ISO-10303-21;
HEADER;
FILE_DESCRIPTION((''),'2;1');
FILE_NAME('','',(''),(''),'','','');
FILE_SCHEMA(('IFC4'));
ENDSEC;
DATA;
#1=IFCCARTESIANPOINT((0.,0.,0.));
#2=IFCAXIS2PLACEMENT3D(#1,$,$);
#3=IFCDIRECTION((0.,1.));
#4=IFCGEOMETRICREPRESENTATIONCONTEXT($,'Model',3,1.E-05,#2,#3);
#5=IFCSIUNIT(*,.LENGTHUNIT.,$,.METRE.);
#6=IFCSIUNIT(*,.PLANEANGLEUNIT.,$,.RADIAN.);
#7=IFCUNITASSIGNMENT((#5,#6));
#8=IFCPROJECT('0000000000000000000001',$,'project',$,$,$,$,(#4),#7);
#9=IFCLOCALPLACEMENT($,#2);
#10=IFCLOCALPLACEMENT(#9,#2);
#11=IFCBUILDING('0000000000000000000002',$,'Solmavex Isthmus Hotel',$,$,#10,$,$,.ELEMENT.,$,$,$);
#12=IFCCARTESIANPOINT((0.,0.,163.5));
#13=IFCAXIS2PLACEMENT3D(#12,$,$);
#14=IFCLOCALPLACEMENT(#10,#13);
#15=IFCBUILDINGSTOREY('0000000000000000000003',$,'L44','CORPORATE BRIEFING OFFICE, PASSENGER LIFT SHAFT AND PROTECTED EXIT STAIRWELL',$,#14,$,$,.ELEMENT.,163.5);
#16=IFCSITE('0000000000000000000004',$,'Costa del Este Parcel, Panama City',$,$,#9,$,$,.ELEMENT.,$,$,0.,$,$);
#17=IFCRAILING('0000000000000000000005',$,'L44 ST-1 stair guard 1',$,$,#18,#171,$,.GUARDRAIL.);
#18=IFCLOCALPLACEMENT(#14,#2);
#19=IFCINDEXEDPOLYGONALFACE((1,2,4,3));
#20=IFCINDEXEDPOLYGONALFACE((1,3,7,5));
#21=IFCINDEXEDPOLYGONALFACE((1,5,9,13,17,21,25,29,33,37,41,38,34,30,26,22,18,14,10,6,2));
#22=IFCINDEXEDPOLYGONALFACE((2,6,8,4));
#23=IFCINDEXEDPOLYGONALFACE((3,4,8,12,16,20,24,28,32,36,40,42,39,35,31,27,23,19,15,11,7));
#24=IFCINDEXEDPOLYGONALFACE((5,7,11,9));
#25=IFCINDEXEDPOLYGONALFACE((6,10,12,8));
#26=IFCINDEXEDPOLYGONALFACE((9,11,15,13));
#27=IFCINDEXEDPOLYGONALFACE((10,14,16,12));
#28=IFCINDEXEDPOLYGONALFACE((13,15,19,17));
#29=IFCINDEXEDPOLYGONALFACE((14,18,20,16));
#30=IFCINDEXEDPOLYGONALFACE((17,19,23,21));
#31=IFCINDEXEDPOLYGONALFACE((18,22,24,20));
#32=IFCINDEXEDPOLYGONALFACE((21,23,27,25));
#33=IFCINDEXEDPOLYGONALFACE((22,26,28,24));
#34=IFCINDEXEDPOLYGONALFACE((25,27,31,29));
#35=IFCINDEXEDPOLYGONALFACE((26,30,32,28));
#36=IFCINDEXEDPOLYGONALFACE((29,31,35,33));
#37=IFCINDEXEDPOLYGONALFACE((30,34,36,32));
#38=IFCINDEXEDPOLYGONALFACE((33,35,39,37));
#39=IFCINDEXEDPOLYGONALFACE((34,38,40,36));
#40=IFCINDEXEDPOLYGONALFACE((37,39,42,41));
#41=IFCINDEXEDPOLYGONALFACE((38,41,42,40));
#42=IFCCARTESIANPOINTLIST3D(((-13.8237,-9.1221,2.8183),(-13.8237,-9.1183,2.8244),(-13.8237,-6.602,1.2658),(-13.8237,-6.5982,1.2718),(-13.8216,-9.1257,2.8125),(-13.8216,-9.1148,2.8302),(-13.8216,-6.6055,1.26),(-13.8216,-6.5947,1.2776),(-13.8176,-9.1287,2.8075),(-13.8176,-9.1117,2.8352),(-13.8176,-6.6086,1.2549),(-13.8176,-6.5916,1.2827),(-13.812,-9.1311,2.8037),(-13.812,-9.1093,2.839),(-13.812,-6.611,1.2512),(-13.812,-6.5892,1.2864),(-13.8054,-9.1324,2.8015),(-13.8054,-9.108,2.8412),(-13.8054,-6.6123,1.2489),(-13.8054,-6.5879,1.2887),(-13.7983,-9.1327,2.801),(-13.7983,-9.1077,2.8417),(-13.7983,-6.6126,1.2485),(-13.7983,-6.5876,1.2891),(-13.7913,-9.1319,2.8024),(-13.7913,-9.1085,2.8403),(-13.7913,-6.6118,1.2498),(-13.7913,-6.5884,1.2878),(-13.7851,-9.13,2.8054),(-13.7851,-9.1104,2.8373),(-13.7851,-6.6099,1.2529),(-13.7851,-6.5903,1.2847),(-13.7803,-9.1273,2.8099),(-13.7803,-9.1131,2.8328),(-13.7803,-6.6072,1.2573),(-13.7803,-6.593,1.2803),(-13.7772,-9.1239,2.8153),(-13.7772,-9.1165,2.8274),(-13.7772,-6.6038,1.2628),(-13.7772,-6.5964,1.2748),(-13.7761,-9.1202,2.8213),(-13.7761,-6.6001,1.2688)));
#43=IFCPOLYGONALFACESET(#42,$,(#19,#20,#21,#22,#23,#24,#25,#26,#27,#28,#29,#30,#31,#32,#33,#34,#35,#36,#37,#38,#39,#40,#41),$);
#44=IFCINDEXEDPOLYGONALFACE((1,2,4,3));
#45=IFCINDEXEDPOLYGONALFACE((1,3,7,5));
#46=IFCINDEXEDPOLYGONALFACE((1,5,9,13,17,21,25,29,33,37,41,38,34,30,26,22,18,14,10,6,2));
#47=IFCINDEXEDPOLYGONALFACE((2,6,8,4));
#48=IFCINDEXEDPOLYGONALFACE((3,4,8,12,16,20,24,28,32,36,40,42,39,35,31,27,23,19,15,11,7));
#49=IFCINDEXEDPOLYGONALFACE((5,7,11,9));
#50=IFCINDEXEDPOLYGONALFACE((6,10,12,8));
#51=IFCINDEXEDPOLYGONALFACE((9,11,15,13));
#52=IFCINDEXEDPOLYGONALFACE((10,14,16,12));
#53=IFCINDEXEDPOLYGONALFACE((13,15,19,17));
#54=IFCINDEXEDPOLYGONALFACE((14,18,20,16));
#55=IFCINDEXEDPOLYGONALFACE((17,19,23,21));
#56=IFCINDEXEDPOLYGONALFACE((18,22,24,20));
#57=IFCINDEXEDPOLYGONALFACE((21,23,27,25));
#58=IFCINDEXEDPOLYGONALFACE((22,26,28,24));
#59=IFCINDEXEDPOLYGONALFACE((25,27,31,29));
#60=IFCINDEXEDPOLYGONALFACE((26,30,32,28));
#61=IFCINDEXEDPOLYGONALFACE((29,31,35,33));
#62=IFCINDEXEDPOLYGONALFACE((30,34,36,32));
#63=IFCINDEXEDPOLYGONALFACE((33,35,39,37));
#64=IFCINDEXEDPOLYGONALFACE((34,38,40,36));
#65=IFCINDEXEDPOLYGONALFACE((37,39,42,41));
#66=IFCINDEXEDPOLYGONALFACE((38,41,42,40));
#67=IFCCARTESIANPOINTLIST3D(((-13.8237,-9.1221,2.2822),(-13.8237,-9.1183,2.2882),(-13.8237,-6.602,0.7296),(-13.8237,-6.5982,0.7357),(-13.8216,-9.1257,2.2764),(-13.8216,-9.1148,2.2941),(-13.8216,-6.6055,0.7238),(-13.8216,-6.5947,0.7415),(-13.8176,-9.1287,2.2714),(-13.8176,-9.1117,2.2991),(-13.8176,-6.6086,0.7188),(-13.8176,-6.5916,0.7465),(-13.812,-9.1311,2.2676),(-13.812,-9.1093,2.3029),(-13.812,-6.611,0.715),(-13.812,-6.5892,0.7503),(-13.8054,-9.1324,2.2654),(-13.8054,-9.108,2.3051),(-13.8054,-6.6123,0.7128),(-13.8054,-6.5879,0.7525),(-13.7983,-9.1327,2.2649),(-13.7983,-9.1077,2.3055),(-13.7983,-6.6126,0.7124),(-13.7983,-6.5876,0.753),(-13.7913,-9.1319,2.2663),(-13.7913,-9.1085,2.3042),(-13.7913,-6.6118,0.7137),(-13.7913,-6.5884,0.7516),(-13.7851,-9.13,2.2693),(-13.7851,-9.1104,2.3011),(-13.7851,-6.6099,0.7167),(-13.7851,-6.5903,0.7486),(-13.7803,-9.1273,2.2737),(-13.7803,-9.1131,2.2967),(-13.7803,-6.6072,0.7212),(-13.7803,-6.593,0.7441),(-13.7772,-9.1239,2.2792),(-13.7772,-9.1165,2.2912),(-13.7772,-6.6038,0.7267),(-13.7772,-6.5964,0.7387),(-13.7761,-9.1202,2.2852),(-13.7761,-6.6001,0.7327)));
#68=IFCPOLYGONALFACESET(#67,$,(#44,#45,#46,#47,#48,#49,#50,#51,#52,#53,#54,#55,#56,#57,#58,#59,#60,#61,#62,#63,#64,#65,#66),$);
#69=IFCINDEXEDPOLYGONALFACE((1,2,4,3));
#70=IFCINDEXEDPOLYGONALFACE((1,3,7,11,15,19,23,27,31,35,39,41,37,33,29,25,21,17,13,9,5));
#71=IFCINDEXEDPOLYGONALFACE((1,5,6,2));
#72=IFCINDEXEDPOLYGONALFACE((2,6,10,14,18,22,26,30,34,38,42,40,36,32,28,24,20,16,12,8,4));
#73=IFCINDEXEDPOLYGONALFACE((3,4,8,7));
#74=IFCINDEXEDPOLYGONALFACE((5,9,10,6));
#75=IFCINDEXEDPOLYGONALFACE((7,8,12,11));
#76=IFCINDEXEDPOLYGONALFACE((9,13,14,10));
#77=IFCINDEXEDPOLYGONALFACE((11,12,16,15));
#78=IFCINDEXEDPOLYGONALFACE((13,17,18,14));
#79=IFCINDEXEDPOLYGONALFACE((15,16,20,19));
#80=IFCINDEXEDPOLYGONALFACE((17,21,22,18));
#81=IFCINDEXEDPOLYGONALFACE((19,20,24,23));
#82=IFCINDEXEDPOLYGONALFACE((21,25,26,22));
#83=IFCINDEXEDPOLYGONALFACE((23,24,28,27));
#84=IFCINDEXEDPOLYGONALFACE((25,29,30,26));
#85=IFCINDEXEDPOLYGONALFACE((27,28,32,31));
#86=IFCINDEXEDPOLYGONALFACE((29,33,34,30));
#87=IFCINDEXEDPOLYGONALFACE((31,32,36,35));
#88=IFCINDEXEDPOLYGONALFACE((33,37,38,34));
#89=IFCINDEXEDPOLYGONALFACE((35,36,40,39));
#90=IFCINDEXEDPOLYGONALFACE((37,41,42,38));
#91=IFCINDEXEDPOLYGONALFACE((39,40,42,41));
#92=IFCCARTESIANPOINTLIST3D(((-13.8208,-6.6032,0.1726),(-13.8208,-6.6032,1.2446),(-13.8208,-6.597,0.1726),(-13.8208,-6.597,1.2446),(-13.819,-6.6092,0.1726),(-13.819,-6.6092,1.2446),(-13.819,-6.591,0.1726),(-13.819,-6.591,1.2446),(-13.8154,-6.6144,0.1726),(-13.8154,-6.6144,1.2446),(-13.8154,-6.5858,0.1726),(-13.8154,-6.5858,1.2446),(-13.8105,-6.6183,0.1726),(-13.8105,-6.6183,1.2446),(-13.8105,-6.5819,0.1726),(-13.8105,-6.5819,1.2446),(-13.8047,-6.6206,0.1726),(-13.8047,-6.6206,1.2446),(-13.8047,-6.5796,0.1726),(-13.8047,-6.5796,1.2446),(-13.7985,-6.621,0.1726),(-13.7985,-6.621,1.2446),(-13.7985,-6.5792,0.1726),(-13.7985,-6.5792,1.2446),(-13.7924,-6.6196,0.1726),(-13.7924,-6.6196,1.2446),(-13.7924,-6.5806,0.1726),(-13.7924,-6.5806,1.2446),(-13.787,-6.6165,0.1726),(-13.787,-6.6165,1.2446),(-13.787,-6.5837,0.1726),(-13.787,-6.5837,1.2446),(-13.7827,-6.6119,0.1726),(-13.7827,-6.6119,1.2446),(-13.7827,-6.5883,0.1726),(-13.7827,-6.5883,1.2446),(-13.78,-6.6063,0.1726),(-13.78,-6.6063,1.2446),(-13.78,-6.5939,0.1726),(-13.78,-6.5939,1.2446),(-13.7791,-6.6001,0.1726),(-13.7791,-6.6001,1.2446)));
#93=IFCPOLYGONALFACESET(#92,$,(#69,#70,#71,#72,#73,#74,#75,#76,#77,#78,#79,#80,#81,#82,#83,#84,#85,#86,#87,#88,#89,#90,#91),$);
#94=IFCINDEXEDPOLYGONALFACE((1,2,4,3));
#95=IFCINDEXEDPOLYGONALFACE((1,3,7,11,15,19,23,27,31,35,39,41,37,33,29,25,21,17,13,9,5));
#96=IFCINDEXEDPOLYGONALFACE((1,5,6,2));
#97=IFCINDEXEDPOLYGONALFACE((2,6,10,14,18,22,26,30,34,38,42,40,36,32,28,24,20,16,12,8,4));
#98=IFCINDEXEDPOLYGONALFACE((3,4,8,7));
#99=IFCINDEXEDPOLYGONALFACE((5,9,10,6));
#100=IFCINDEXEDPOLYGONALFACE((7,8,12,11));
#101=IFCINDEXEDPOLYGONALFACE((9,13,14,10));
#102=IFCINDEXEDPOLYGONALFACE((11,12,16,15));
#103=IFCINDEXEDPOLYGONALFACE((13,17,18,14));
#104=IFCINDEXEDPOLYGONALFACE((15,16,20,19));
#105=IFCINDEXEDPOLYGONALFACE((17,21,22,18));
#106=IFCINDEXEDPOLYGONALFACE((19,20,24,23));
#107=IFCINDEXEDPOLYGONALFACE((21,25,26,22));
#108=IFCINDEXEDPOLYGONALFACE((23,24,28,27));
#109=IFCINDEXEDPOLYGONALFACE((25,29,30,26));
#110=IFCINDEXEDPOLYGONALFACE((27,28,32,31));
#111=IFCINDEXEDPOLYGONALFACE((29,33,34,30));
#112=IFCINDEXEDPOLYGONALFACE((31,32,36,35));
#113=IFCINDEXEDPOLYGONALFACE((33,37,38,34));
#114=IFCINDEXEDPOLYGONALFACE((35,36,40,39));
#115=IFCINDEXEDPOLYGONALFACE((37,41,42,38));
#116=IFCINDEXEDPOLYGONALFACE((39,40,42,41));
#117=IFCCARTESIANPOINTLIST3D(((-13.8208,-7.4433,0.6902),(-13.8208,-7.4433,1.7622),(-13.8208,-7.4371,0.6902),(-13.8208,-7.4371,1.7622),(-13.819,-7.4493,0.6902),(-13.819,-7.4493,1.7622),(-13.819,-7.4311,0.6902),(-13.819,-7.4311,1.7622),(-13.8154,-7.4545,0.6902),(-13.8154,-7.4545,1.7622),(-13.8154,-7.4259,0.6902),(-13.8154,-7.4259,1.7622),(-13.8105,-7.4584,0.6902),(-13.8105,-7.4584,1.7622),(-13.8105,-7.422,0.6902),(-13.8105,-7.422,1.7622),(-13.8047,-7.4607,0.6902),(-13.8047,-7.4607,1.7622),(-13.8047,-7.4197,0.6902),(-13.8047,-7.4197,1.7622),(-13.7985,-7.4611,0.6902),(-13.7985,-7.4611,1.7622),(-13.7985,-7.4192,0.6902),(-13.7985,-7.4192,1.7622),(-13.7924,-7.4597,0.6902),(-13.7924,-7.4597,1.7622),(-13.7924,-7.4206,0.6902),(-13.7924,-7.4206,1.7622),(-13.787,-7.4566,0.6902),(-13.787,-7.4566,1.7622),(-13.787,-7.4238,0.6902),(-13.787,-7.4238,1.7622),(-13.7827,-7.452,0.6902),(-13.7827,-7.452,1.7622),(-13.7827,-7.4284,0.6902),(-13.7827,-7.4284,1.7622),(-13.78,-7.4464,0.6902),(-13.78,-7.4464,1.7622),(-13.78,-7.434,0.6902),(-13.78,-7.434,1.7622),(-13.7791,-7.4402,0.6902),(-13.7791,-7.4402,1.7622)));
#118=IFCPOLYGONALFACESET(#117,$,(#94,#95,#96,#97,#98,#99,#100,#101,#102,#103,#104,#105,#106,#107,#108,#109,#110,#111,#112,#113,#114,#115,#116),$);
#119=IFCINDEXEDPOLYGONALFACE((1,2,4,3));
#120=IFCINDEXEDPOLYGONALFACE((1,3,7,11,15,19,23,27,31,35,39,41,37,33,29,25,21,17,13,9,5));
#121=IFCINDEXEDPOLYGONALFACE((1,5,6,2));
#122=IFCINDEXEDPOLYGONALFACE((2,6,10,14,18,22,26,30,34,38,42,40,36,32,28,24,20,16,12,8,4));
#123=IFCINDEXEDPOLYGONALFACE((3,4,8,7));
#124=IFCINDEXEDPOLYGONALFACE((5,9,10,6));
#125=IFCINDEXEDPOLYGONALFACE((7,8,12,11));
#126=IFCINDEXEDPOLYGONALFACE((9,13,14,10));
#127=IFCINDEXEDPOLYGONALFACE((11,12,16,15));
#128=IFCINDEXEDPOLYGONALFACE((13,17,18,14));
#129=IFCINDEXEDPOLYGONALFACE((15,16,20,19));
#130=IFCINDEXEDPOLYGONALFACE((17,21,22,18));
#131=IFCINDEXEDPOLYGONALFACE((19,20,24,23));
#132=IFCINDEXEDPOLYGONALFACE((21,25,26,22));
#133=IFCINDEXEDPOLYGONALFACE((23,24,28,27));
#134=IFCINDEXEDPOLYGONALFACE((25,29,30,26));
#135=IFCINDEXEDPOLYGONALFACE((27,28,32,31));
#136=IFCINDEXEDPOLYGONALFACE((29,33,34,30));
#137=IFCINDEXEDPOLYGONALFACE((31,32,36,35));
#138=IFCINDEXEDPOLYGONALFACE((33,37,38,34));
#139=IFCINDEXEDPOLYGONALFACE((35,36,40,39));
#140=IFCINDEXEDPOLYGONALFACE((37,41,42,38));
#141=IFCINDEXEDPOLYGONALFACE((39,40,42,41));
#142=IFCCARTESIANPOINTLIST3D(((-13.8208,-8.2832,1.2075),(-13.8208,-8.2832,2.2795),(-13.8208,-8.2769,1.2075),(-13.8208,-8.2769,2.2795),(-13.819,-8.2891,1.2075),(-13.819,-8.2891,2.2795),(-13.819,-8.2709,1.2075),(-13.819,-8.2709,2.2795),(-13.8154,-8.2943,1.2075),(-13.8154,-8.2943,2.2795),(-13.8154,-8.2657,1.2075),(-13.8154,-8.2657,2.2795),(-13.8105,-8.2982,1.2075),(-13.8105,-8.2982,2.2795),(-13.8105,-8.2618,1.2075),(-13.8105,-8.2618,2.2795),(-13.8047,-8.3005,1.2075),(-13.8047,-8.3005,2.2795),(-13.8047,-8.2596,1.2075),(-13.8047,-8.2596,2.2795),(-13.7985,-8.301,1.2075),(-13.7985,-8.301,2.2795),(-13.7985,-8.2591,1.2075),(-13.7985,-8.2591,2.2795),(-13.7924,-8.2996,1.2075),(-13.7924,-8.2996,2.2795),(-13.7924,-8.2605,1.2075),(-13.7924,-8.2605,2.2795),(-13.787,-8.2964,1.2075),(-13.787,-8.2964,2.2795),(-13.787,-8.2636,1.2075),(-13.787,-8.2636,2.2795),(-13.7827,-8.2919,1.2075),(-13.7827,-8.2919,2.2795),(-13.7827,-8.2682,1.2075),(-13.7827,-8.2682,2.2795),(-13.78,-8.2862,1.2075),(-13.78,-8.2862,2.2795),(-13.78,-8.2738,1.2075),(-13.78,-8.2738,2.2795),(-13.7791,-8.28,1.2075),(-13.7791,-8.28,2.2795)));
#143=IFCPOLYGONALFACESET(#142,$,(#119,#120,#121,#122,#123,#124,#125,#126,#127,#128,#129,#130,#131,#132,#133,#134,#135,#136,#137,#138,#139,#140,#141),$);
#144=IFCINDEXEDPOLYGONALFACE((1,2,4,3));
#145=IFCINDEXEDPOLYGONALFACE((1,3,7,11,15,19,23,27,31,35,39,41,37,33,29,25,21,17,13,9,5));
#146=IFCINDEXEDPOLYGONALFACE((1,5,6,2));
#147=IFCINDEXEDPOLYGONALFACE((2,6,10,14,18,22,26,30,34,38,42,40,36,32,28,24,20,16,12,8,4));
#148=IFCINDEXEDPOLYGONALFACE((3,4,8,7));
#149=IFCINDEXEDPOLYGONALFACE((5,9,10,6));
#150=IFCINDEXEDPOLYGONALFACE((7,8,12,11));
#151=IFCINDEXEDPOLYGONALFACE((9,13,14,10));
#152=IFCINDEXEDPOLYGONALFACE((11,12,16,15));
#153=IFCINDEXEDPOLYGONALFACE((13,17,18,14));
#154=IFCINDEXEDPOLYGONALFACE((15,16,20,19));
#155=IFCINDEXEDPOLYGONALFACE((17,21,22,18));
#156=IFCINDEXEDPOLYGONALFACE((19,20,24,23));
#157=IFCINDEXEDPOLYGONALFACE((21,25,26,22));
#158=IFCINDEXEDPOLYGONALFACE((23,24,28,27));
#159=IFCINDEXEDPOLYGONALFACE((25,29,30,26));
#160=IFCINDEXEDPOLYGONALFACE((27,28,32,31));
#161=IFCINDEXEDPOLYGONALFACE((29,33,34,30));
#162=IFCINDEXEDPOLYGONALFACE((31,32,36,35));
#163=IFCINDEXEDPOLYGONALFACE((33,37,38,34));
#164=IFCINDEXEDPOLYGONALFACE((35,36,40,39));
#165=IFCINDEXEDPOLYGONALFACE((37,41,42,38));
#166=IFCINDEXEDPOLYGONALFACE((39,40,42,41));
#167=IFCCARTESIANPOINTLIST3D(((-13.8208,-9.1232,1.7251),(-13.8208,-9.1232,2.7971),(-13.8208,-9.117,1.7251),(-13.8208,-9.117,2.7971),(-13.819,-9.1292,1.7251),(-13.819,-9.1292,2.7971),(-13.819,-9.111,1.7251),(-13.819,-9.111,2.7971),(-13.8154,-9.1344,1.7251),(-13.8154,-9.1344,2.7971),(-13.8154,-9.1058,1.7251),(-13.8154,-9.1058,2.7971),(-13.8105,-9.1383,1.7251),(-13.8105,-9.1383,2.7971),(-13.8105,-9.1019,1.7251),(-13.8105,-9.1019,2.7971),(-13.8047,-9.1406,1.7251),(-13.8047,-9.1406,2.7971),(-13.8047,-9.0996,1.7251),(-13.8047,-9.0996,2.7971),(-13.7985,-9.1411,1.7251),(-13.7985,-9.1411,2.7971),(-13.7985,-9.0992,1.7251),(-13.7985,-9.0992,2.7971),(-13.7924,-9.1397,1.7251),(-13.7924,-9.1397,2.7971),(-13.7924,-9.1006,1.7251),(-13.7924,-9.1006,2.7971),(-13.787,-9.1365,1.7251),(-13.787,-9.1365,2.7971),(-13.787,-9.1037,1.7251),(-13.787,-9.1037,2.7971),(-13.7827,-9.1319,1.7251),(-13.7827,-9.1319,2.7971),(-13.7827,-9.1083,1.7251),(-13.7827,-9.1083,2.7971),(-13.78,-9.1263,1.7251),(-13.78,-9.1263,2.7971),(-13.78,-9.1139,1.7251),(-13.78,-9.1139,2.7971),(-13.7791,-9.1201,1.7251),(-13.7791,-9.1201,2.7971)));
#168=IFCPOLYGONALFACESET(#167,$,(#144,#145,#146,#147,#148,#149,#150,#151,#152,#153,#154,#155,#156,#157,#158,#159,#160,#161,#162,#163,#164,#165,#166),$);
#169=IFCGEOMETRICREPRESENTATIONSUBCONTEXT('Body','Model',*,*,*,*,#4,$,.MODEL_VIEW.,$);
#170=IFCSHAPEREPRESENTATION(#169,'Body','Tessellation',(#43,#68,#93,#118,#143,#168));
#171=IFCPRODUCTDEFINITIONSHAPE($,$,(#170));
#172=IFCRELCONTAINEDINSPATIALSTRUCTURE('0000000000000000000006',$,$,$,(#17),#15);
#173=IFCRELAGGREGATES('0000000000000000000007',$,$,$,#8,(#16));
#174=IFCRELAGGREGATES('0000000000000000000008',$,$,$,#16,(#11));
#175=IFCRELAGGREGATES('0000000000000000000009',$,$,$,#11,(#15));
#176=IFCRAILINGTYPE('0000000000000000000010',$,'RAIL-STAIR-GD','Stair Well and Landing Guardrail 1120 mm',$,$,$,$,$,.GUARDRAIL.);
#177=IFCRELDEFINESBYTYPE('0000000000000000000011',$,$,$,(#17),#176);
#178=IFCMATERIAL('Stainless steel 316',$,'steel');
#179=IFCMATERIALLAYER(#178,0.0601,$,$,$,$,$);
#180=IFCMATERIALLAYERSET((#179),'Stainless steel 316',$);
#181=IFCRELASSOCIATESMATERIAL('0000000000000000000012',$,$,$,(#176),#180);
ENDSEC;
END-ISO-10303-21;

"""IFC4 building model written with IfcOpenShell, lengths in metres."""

from ifc_helpers import new_model, si_unit, direction, frame, origin, origin_2d, place, context, subcontext, project, spatial, circle, extrude, material, layer, layer_set, type_object, element, save


model = new_model("IFC4")

# Units and contexts
model_context = context("Model", 3, precision=1e-05, world=origin(), true_north=direction((0.0, 1.0)))
body_context = subcontext(model_context, "Body", "Model", "MODEL_VIEW")
ifc_project = project(units=[si_unit("LENGTHUNIT", "METRE"), si_unit("PLANEANGLEUNIT", "RADIAN")], contexts=[model_context])

# Site, building, storey
site_placement = place(None, origin())
site = spatial("IfcSite", under=ifc_project, at=site_placement, Name="Costa del Este Parcel, Panama City", CompositionType="ELEMENT", RefElevation=0.0)
building_placement = place(site_placement, origin())
building = spatial("IfcBuilding", under=site, at=building_placement, Name="Solmavex Isthmus Hotel", CompositionType="ELEMENT")
storey_placement = place(building_placement, frame((0.0, 0.0, 163.5)))
storey = spatial("IfcBuildingStorey", under=building, at=storey_placement, Name="L44", Description="CORPORATE BRIEFING OFFICE, PASSENGER LIFT SHAFT AND PROTECTED EXIT STAIRWELL", CompositionType="ELEMENT", Elevation=163.5)

# Railing
ifc_material_1 = material(Name="Stainless steel 316", Category="steel")
ifc_layer_1 = layer(ifc_material_1, 0.0601)
ifc_layer_set_1 = layer_set([ifc_layer_1], Name="Stainless steel 316")
railing_type_1 = type_object("IfcRailingType", Name="RAIL-STAIR-GD", Description="Stair Well and Landing Guardrail 1120 mm", PredefinedType="GUARDRAIL", material=ifc_layer_set_1)
railing_1_placement = place(storey_placement, frame((-13.8, -6.6001, 0.1726)))
element("IfcRailing", 1, at=railing_1_placement, inside=storey, type_object=railing_type_1, Name="L44 ST-1 stair guard 1", PredefinedType="GUARDRAIL", context=body_context, shape_type="SweptSolid", body=[
    extrude(circle(Radius=0.0239, at=origin_2d()), frame((0.0, 0.0, 1.0962), z_axis=(0.0, -0.8514, 0.524516), x_axis=(1.0, 0.0, 0.0)), (0.0, 0.0, 1.0), 2.96),
    extrude(circle(Radius=0.0239, at=origin_2d()), frame((0.0, 0.0, 0.5601), z_axis=(0.0, -0.8514, 0.524516), x_axis=(1.0, 0.0, 0.0)), (0.0, 0.0, 1.0), 2.96),
    extrude(circle(Radius=0.021, at=origin_2d()), origin(), (0.0, 0.0, 1.0), 1.072),
    extrude(circle(Radius=0.021, at=origin_2d()), frame((0.0, -0.8401, 0.5176)), (0.0, 0.0, 1.0), 1.072),
    extrude(circle(Radius=0.021, at=origin_2d()), frame((0.0, -1.6799, 1.0349)), (0.0, 0.0, 1.0), 1.072),
    extrude(circle(Radius=0.021, at=origin_2d()), frame((0.0, -2.52, 1.5525)), (0.0, 0.0, 1.0), 1.072),
])

save(model, "model.ifc")
